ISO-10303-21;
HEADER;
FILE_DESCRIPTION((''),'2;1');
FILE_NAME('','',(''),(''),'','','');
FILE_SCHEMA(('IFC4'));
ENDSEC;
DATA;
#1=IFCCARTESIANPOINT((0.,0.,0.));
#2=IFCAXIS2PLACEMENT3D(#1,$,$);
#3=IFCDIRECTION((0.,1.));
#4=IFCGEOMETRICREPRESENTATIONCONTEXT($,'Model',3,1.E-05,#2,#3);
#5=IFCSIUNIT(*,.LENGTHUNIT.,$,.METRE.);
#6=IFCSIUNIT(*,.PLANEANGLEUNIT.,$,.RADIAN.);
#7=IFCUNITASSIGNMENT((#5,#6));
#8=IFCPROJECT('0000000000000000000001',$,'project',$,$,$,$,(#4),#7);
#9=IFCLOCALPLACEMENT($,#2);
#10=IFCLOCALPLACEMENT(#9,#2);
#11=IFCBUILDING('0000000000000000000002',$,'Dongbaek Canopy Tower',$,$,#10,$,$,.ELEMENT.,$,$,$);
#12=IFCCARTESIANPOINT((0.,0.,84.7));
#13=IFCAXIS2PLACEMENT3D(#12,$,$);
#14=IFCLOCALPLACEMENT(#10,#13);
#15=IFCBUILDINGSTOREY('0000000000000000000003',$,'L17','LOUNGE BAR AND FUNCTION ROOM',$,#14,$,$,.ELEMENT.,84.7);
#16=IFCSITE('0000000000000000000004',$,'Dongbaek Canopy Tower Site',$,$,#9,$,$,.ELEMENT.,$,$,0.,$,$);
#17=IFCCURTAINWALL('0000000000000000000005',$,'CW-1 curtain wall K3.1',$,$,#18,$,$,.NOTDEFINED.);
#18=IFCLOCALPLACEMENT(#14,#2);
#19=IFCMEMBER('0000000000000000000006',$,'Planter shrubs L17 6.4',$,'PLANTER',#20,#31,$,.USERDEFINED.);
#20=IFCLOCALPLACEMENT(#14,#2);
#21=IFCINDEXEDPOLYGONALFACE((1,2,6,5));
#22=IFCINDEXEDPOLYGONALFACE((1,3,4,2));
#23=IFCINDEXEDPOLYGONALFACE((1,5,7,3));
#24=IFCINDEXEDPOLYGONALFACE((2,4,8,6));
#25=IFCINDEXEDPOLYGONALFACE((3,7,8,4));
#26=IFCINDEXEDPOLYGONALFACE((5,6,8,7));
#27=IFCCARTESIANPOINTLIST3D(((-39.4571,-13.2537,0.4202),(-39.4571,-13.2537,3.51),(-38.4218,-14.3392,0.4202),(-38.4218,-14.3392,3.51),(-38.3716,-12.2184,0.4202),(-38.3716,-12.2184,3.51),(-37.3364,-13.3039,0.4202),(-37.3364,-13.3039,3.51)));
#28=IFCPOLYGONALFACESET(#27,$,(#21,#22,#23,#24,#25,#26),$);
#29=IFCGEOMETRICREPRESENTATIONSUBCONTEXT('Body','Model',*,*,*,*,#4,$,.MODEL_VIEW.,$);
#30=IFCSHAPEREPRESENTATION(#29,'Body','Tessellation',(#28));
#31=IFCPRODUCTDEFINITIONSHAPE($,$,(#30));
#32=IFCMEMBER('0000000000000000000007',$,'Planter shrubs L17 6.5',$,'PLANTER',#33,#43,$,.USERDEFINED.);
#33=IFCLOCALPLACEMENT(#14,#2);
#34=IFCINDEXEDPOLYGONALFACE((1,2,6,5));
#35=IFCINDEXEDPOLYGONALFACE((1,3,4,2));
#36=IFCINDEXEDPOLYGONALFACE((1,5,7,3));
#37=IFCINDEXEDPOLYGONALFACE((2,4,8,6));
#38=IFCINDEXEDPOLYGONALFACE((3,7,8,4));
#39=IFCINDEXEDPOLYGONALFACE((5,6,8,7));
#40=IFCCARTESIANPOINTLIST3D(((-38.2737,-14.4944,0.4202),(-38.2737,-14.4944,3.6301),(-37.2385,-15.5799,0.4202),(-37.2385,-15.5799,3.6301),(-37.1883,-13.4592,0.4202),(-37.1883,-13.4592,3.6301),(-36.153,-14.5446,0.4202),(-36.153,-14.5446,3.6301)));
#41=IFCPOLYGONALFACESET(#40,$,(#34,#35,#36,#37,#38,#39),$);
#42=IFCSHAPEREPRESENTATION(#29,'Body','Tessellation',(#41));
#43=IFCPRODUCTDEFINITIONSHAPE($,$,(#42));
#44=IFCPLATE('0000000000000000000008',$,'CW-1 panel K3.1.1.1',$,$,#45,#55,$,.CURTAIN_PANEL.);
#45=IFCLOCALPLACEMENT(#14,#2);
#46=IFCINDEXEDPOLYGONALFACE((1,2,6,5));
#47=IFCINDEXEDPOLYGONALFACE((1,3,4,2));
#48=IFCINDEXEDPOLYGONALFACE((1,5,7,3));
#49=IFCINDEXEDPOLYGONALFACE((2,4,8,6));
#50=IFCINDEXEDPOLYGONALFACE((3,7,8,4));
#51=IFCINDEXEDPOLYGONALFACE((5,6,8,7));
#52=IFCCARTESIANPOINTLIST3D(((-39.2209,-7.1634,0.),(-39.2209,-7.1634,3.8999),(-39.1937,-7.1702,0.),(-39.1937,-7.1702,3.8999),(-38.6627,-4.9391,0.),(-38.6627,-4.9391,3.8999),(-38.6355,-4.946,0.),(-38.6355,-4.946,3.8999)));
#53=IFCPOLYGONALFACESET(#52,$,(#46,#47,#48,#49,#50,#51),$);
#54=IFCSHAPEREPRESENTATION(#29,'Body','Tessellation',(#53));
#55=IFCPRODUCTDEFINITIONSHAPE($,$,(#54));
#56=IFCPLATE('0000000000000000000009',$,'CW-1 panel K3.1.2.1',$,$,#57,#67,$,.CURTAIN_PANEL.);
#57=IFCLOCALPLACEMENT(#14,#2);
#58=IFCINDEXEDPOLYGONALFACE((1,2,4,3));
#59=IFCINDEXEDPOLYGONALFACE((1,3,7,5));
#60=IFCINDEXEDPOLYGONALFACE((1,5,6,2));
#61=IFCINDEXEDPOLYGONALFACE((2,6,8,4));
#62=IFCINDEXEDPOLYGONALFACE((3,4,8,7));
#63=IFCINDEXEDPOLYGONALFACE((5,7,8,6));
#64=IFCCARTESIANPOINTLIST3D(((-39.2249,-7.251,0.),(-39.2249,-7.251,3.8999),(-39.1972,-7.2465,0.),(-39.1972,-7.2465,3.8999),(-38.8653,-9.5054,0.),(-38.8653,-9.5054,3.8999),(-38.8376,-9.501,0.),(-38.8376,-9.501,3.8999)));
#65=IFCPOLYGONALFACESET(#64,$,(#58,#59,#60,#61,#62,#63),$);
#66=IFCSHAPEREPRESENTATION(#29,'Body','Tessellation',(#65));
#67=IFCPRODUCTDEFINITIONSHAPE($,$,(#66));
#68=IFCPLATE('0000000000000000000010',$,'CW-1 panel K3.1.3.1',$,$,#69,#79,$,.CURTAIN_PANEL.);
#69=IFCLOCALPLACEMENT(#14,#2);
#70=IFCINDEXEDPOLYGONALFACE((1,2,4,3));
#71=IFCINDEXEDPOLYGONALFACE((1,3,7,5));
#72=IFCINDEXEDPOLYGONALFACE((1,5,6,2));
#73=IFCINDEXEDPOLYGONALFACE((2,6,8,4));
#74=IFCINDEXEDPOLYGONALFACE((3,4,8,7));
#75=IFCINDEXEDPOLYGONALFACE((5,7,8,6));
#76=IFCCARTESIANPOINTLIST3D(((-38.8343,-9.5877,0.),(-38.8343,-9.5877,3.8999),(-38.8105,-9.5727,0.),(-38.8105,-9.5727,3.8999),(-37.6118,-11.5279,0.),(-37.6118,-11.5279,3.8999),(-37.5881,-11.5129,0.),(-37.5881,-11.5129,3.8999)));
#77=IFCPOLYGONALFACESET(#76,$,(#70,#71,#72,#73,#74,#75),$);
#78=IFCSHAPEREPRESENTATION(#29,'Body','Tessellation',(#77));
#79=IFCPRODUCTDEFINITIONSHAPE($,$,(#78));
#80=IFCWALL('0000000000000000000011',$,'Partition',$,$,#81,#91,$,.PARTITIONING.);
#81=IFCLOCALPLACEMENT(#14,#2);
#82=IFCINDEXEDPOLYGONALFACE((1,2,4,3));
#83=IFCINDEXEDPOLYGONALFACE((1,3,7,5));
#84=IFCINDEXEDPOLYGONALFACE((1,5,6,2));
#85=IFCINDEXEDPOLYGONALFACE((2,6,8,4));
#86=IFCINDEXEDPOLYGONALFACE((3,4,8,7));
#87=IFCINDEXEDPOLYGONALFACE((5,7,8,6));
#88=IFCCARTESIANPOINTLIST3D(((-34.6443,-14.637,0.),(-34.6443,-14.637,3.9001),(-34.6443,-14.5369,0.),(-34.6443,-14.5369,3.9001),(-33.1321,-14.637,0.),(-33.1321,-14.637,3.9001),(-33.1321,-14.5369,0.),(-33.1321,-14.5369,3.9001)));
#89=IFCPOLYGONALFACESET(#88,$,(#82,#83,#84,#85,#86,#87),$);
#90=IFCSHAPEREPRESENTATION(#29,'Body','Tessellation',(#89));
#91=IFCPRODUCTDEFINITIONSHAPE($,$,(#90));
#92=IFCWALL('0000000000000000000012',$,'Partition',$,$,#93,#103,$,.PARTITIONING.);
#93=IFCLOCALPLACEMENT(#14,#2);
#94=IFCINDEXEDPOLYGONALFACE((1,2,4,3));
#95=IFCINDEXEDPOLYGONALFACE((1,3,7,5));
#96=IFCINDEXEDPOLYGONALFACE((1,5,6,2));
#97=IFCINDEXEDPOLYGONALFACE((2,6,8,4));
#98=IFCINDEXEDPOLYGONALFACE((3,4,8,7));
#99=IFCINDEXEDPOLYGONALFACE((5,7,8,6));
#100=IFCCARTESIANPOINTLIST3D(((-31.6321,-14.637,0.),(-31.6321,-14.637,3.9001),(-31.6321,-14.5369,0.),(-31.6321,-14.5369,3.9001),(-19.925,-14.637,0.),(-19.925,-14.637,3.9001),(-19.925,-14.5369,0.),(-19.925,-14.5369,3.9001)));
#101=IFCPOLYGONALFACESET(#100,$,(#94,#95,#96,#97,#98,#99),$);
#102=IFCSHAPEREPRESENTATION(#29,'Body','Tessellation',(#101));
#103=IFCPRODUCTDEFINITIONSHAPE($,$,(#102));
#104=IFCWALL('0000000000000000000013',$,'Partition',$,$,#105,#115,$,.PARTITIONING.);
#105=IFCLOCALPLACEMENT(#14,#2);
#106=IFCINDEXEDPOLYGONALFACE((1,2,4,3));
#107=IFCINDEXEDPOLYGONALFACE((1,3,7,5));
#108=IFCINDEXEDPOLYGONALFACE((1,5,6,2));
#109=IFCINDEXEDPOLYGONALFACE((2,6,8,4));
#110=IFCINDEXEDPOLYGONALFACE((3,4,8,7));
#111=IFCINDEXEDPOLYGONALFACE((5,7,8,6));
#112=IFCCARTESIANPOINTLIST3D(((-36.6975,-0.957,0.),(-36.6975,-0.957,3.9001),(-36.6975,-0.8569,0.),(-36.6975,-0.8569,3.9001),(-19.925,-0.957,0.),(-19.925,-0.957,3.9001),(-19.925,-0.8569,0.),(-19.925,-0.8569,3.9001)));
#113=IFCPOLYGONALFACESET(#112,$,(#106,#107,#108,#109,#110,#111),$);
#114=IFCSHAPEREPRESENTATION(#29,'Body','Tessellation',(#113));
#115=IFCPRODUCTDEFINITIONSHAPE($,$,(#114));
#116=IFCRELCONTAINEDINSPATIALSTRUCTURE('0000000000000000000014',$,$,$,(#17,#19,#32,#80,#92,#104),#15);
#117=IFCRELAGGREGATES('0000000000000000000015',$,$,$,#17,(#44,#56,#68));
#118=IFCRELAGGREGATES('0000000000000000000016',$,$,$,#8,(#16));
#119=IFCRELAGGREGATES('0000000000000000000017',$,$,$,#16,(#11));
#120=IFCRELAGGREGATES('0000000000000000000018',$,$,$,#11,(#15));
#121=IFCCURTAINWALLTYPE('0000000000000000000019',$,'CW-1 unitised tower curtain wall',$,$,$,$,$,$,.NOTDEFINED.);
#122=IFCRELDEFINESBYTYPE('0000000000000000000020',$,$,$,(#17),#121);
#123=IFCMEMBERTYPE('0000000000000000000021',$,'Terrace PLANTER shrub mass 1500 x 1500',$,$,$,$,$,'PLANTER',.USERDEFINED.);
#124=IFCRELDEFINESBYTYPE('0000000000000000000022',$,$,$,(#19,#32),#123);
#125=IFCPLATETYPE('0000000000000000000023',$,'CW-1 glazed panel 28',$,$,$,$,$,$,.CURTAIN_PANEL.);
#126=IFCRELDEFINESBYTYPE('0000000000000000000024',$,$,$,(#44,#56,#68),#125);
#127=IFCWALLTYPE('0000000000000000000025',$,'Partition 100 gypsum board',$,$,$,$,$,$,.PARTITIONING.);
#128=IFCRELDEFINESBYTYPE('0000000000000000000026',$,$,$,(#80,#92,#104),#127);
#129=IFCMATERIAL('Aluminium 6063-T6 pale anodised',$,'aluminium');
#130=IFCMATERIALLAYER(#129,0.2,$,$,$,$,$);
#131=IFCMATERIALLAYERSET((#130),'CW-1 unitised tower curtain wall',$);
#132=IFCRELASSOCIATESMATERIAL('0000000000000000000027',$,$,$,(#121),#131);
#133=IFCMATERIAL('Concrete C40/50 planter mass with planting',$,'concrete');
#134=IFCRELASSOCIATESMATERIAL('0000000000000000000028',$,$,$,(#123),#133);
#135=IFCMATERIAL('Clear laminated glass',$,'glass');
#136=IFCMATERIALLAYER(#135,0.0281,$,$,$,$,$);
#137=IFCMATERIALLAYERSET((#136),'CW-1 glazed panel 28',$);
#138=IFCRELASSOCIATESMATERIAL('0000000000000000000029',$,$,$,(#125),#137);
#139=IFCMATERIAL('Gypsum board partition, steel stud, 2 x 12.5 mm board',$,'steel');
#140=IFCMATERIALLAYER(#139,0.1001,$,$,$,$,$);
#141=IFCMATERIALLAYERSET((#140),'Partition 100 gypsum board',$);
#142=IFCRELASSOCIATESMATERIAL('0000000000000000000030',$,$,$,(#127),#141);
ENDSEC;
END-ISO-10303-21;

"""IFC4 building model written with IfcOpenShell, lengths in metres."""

from ifc_helpers import new_model, si_unit, direction, frame, frame_2d, origin, origin_2d, place, context, subcontext, project, spatial, rectangle, extrude, material, layer, layer_set, material_profile, profile_set, type_object, element, aggregate, save


model = new_model("IFC4")

# Units and contexts
model_context = context("Model", 3, precision=1e-05, world=origin(), true_north=direction((0.0, 1.0)))
body_context = subcontext(model_context, "Body", "Model", "MODEL_VIEW")
ifc_project = project(units=[si_unit("LENGTHUNIT", "METRE"), si_unit("PLANEANGLEUNIT", "RADIAN")], contexts=[model_context])

# Site, building, storey
site_placement = place(None, origin())
site = spatial("IfcSite", under=ifc_project, at=site_placement, Name="Dongbaek Canopy Tower Site", CompositionType="ELEMENT", RefElevation=0.0)
building_placement = place(site_placement, origin())
building = spatial("IfcBuilding", under=site, at=building_placement, Name="Dongbaek Canopy Tower", CompositionType="ELEMENT")
storey_placement = place(building_placement, frame((0.0, 0.0, 84.7)))
storey = spatial("IfcBuildingStorey", under=building, at=storey_placement, Name="L17", Description="LOUNGE BAR AND FUNCTION ROOM", CompositionType="ELEMENT", Elevation=84.7)

# Curtain wall
ifc_material_1 = material(Name="Aluminium 6063-T6 pale anodised", Category="aluminium")
ifc_layer_1 = layer(ifc_material_1, 0.2)
ifc_layer_set_1 = layer_set([ifc_layer_1], Name="CW-1 unitised tower curtain wall")
curtain_wall_type = type_object("IfcCurtainWallType", Name="CW-1 unitised tower curtain wall", PredefinedType="NOTDEFINED", material=ifc_layer_set_1)
curtain_wall_placement = place(storey_placement, origin())
curtain_wall = element("IfcCurtainWall", 1, at=curtain_wall_placement, inside=storey, type_object=curtain_wall_type, Name="CW-1 curtain wall K3.1", PredefinedType="NOTDEFINED")

# Members
ifc_material_2 = material(Name="Concrete C40/50 planter mass with planting", Category="concrete")
ifc_material_profile_1 = material_profile(ifc_material_2, rectangle(XDim=1.5, YDim=1.5, at=origin_2d()), Name="Terrace PLANTER shrub mass 1500 x 1500")
ifc_profile_set_1 = profile_set([ifc_material_profile_1], Name="Concrete C40/50 planter mass with planting")
member_type_1 = type_object("IfcMemberType", Name="Terrace PLANTER shrub mass 1500 x 1500", ElementType="PLANTER", PredefinedType="USERDEFINED", material=ifc_profile_set_1)
member_1_placement = place(storey_placement, frame((-38.3967, -13.2788, 0.4202), z_axis=(0.0, 0.0, 1.0), x_axis=(-0.723647, -0.69017, 0.0)))
element("IfcMember", 2, at=member_1_placement, inside=storey, type_object=member_type_1, Name="Planter shrubs L17 6.4", ObjectType="PLANTER", PredefinedType="USERDEFINED", context=body_context, shape_type="SweptSolid", body=[
    extrude(rectangle(XDim=1.5, YDim=1.5, at=origin_2d()), origin(), (0.0, 0.0, 1.0), 3.0898),
])
member_2_placement = place(storey_placement, frame((-37.2134, -14.5195, 0.4202), z_axis=(0.0, 0.0, 1.0), x_axis=(-0.723647, -0.69017, 0.0)))
element("IfcMember", 3, at=member_2_placement, inside=storey, type_object=member_type_1, Name="Planter shrubs L17 6.5", ObjectType="PLANTER", PredefinedType="USERDEFINED", context=body_context, shape_type="SweptSolid", body=[
    extrude(rectangle(XDim=1.5, YDim=1.5, at=origin_2d()), origin(), (0.0, 0.0, 1.0), 3.21),
])

# Plates
ifc_material_3 = material(Name="Clear laminated glass", Category="glass")
ifc_layer_2 = layer(ifc_material_3, 0.0281)
ifc_layer_set_2 = layer_set([ifc_layer_2], Name="CW-1 glazed panel 28")
plate_type = type_object("IfcPlateType", Name="CW-1 glazed panel 28", PredefinedType="CURTAIN_PANEL", material=ifc_layer_set_2)
plate_1_placement = place(storey_placement, frame((-38.9282, -6.0547, 0.0), z_axis=(0.0, 0.0, 1.0), x_axis=(-0.24341, -0.969924, 0.0)))
plate_1 = element("IfcPlate", 4, at=plate_1_placement, type_object=plate_type, Name="CW-1 panel K3.1.1.1", PredefinedType="CURTAIN_PANEL", context=body_context, shape_type="SweptSolid", body=[
    extrude(rectangle(XDim=2.2932, YDim=0.0281, at=origin_2d()), origin(), (0.0, 0.0, 1.0), 3.8999),
])
plate_2_placement = place(storey_placement, frame((-39.0312, -8.376, 0.0), z_axis=(0.0, 0.0, 1.0), x_axis=(0.157508, -0.987518, 0.0)))
plate_2 = element("IfcPlate", 5, at=plate_2_placement, type_object=plate_type, Name="CW-1 panel K3.1.2.1", PredefinedType="CURTAIN_PANEL", context=body_context, shape_type="SweptSolid", body=[
    extrude(rectangle(XDim=2.283, YDim=0.0281, at=origin_2d()), origin(), (0.0, 0.0, 1.0), 3.8999),
])
plate_3_placement = place(storey_placement, frame((-38.2112, -10.5503, 0.0), z_axis=(0.0, 0.0, 1.0), x_axis=(0.53306, -0.846077, 0.0)))
plate_3 = element("IfcPlate", 6, at=plate_3_placement, type_object=plate_type, Name="CW-1 panel K3.1.3.1", PredefinedType="CURTAIN_PANEL", context=body_context, shape_type="SweptSolid", body=[
    extrude(rectangle(XDim=2.2932, YDim=0.0281, at=origin_2d()), origin(), (0.0, 0.0, 1.0), 3.8999),
])
aggregate(curtain_wall, [plate_1, plate_2, plate_3])

# Walls
ifc_material_4 = material(Name="Gypsum board partition, steel stud, 2 x 12.5 mm board", Category="steel")
ifc_layer_3 = layer(ifc_material_4, 0.1001)
ifc_layer_set_3 = layer_set([ifc_layer_3], Name="Partition 100 gypsum board")
wall_type_1 = type_object("IfcWallType", Name="Partition 100 gypsum board", PredefinedType="PARTITIONING", material=ifc_layer_set_3)
wall_1_placement = place(storey_placement, frame((-34.6443, -14.5869, 0.0), z_axis=(0.0, 0.0, 1.0), x_axis=(1.0, 0.0, 0.0)))
element("IfcWall", 7, at=wall_1_placement, inside=storey, type_object=wall_type_1, Name="Partition", PredefinedType="PARTITIONING", context=body_context, shape_type="SweptSolid", body=[
    extrude(rectangle(XDim=1.5122, YDim=0.1001, at=frame_2d((0.7561, 0.0))), origin(), (0.0, 0.0, 1.0), 3.9001),
])
wall_2_placement = place(storey_placement, frame((-31.6321, -14.5869, 0.0), z_axis=(0.0, 0.0, 1.0), x_axis=(1.0, 0.0, 0.0)))
element("IfcWall", 8, at=wall_2_placement, inside=storey, type_object=wall_type_1, Name="Partition", PredefinedType="PARTITIONING", context=body_context, shape_type="SweptSolid", body=[
    extrude(rectangle(XDim=11.707, YDim=0.1001, at=frame_2d((5.8535, 0.0))), origin(), (0.0, 0.0, 1.0), 3.9001),
])
wall_3_placement = place(storey_placement, frame((-36.6975, -0.907, 0.0), z_axis=(0.0, 0.0, 1.0), x_axis=(1.0, 0.0, 0.0)))
element("IfcWall", 9, at=wall_3_placement, inside=storey, type_object=wall_type_1, Name="Partition", PredefinedType="PARTITIONING", context=body_context, shape_type="SweptSolid", body=[
    extrude(rectangle(XDim=16.7725, YDim=0.1001, at=frame_2d((8.3862, 0.0))), origin(), (0.0, 0.0, 1.0), 3.9001),
])

save(model, "model.ifc")
